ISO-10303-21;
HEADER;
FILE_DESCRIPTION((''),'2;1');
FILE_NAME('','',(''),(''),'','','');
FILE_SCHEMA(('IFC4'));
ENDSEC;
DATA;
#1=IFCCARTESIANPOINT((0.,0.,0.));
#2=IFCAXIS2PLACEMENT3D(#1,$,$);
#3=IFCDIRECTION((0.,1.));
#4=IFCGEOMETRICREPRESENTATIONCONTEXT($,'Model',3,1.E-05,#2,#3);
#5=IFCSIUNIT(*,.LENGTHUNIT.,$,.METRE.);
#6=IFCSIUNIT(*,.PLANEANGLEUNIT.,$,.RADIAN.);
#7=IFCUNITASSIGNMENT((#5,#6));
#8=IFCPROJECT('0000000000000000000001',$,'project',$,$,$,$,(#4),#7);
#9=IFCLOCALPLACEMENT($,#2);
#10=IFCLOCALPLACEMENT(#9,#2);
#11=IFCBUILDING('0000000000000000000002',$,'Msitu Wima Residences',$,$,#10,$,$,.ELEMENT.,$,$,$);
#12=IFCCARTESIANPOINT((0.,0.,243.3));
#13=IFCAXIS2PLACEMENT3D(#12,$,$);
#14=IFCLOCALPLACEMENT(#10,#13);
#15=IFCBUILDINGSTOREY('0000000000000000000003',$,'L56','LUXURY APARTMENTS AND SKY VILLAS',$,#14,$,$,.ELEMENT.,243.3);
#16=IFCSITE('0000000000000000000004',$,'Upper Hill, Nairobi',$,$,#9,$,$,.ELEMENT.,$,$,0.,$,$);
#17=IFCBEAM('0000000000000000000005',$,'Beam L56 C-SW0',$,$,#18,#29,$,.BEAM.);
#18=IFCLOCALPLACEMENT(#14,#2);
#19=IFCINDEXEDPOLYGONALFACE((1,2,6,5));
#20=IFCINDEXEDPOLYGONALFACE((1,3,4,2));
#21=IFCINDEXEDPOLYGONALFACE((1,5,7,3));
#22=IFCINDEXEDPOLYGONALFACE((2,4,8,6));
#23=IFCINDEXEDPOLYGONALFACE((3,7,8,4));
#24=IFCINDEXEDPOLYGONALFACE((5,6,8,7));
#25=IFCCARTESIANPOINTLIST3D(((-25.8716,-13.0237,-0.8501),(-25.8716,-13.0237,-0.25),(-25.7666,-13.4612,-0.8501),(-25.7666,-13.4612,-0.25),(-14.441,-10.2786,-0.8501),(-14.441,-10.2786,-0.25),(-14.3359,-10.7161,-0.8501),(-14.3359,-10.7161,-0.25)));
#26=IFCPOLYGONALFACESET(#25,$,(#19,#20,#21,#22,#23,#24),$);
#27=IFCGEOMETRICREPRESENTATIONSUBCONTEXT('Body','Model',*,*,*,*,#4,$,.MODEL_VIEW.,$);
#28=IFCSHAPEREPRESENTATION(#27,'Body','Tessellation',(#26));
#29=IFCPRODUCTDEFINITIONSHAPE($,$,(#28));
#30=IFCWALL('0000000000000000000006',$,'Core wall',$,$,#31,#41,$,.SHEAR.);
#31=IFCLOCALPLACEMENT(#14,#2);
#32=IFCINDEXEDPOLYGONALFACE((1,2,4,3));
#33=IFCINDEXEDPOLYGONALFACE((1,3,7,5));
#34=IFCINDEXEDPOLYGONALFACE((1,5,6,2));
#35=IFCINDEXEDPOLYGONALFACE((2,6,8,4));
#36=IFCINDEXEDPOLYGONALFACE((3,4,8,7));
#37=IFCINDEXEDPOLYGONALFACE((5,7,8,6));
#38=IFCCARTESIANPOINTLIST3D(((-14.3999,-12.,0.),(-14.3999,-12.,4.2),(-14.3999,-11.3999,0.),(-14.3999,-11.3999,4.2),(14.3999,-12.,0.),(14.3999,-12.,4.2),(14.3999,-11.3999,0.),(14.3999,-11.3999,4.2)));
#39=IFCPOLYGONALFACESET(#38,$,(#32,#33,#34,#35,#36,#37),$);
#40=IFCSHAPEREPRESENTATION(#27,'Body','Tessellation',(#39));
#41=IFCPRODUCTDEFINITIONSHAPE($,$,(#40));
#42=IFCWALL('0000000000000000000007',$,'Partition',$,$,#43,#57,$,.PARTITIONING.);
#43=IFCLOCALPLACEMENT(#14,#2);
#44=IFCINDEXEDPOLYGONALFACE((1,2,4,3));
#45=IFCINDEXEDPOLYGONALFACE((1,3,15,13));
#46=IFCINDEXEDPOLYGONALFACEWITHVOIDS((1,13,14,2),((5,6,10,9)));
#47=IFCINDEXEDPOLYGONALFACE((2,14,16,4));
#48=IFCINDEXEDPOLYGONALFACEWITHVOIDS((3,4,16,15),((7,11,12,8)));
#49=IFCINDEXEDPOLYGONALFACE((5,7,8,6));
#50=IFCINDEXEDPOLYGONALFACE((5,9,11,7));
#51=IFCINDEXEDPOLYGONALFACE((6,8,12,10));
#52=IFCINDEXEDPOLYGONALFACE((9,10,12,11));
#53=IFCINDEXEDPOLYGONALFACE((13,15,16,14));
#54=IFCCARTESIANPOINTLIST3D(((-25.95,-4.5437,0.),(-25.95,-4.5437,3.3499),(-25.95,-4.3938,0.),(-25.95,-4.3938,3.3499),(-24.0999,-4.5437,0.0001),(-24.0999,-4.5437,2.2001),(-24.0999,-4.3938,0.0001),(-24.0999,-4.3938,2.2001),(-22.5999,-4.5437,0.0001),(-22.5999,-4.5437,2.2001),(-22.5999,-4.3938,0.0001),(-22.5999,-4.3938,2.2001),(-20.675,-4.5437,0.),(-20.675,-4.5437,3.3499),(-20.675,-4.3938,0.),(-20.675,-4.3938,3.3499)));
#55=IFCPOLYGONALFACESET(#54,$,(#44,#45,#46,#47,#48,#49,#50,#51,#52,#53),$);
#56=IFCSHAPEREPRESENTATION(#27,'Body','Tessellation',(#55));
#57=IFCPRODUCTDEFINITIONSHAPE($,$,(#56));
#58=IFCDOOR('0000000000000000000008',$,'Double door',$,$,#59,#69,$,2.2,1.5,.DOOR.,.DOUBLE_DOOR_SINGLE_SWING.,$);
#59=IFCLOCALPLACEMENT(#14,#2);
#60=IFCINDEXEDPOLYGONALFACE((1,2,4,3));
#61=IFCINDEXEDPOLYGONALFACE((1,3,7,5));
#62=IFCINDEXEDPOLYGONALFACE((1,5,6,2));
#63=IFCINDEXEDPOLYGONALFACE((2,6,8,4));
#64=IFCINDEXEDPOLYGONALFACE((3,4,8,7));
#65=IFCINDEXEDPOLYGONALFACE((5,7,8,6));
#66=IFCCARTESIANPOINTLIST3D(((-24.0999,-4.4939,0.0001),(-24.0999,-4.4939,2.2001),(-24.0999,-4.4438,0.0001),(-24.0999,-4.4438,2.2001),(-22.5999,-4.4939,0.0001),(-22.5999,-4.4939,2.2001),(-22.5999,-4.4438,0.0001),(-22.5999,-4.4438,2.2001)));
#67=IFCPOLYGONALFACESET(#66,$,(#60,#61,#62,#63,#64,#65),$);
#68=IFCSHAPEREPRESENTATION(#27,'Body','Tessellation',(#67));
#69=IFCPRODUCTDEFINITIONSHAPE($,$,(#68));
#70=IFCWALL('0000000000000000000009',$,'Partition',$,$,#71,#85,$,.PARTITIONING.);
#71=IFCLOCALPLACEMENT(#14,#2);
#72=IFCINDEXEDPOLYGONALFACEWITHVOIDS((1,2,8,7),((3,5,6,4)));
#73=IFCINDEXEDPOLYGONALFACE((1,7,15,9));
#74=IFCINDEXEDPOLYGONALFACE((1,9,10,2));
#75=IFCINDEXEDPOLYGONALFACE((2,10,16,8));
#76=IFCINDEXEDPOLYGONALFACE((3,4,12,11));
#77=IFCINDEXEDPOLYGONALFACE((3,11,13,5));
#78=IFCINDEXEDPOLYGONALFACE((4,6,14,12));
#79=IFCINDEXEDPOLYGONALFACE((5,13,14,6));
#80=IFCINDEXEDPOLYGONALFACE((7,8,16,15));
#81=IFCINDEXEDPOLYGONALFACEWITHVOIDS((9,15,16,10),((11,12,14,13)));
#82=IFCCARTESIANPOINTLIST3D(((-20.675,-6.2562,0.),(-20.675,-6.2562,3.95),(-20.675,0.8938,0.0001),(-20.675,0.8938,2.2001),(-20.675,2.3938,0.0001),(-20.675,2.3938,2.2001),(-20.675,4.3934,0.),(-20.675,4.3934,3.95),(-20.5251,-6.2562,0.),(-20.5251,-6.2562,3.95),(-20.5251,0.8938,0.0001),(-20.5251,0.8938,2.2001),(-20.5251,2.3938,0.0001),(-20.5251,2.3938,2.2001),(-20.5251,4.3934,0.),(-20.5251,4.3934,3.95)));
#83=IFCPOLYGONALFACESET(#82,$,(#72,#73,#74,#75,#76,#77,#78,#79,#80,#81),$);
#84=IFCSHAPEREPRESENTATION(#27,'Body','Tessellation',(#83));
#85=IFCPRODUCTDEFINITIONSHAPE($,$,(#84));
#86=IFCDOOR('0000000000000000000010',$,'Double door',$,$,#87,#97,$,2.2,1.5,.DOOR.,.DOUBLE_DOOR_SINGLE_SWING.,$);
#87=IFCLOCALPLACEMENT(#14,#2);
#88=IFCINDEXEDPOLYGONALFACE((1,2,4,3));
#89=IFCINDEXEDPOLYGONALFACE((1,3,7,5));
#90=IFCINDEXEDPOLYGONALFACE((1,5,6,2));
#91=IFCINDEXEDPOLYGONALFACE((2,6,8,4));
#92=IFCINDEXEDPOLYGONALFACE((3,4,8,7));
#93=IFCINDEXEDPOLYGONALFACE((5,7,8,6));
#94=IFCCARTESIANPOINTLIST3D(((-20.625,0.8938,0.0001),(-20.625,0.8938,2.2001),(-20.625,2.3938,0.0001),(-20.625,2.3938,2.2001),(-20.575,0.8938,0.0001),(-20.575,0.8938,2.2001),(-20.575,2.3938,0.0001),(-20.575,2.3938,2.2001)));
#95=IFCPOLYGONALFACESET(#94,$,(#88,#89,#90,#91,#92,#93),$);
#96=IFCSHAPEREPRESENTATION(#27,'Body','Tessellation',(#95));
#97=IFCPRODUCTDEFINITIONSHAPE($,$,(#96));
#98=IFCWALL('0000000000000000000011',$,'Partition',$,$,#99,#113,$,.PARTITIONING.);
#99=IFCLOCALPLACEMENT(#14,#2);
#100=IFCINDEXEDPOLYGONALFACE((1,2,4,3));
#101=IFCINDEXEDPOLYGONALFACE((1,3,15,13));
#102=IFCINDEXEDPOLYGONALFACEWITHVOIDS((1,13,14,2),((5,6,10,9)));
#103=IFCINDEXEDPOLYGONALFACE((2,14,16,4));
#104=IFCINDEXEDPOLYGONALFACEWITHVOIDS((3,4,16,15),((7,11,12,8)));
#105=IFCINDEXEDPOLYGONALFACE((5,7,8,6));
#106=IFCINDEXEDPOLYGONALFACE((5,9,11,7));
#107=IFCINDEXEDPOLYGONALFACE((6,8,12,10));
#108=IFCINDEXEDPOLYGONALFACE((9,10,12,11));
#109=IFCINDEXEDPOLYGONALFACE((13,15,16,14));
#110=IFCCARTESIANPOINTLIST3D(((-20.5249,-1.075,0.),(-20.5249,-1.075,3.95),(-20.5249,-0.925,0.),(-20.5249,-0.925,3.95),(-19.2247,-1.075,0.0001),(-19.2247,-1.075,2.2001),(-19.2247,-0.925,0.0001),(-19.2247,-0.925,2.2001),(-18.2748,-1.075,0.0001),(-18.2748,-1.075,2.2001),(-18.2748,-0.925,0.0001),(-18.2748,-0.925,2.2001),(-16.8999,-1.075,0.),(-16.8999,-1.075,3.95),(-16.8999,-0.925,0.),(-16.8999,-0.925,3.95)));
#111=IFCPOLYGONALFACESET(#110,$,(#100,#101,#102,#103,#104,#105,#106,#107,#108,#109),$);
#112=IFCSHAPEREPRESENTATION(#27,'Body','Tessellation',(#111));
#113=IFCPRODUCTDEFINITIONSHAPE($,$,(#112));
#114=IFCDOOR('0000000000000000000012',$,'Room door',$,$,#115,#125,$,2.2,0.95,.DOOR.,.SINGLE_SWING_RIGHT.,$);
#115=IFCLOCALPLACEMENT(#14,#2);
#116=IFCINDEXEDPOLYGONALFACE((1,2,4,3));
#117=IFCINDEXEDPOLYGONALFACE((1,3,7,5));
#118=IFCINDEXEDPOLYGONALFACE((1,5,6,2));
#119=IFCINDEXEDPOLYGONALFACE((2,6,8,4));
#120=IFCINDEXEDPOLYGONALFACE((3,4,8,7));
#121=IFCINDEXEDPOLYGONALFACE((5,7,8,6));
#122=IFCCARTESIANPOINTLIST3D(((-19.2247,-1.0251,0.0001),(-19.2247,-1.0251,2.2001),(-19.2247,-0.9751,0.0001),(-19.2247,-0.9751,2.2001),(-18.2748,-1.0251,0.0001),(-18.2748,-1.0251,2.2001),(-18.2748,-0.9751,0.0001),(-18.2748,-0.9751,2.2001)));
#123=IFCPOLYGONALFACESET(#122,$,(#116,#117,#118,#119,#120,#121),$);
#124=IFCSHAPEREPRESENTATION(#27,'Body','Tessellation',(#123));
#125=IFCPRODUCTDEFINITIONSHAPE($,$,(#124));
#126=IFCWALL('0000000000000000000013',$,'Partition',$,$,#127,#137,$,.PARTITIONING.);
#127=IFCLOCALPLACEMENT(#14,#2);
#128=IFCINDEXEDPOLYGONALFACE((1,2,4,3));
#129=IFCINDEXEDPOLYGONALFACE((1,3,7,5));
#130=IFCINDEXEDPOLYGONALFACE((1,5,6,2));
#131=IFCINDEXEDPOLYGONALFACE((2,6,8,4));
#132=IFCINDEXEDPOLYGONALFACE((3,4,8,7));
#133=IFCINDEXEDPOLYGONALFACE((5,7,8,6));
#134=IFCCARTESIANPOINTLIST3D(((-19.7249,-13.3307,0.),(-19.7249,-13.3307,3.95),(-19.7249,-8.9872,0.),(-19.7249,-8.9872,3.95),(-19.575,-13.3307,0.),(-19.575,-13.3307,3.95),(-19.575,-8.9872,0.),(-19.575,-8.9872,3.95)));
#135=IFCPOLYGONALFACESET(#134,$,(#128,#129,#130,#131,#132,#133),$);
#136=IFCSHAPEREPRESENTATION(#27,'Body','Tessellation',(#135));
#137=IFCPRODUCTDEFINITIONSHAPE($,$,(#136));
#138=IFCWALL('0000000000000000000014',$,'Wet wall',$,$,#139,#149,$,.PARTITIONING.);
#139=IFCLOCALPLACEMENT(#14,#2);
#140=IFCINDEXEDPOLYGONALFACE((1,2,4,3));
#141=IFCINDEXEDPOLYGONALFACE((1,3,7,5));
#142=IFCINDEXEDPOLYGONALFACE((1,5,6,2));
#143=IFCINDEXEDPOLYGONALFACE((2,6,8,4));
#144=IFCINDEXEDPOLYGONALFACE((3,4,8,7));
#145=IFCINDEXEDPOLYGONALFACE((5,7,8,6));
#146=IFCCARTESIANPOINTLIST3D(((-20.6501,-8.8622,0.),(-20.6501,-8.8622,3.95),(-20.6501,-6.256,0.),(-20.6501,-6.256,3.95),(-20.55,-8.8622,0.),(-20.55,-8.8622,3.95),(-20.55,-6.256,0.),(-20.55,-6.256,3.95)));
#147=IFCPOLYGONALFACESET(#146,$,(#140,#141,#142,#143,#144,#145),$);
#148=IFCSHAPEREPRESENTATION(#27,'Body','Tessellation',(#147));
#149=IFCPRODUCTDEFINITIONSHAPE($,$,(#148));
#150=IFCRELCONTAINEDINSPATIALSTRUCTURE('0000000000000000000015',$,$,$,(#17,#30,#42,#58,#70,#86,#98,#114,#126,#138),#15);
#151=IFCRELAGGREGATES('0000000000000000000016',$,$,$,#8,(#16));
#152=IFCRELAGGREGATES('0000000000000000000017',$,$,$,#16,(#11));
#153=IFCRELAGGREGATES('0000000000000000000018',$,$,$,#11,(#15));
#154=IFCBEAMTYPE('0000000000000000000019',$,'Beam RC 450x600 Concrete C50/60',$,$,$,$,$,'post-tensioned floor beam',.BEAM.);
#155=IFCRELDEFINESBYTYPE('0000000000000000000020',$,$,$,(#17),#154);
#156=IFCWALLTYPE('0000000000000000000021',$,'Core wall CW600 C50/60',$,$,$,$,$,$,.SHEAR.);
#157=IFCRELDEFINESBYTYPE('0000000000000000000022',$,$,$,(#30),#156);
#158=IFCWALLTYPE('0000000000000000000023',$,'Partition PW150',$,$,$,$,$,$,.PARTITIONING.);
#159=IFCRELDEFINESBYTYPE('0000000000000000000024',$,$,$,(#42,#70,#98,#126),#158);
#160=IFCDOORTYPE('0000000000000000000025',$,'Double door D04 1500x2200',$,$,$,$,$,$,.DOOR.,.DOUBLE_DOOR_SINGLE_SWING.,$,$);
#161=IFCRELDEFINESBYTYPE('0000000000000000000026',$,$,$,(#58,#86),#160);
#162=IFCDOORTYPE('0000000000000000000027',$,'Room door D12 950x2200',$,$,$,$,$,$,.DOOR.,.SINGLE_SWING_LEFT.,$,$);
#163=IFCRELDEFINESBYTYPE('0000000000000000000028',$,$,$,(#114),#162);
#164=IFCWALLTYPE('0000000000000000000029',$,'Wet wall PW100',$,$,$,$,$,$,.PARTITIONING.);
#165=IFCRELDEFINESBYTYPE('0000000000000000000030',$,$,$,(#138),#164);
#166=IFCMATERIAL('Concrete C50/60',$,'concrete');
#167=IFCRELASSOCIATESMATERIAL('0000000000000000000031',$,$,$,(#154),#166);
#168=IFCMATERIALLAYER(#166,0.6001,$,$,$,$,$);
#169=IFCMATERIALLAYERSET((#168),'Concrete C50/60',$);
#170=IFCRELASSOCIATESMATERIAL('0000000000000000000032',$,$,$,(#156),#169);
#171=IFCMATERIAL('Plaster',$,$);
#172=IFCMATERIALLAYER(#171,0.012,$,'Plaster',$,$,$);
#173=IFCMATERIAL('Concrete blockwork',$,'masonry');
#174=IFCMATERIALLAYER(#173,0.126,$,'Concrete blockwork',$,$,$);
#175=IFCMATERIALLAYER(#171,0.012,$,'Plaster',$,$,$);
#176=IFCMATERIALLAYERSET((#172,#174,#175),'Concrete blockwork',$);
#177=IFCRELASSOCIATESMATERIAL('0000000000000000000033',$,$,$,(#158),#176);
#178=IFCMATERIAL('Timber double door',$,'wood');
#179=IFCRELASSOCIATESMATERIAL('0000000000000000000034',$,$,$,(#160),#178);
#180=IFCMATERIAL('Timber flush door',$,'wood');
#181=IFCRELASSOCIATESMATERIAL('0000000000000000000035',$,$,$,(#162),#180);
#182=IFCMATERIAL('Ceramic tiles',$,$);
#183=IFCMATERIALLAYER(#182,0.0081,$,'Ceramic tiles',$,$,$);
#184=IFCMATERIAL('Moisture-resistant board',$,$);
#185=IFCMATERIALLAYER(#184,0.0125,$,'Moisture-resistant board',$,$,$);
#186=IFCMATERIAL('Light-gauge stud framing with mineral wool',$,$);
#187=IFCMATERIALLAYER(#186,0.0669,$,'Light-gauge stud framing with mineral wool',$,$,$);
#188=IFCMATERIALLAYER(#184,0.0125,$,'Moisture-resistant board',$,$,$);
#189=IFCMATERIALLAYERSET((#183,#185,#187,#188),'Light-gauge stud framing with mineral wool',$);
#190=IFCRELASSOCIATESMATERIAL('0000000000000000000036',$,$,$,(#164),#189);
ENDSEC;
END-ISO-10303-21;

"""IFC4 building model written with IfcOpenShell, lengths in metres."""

from ifc_helpers import new_model, si_unit, direction, frame, frame_2d, origin, origin_2d, place, context, subcontext, project, spatial, rectangle, extrude, material, layer, layer_set, material_profile, profile_set, type_object, element, fill, save


model = new_model("IFC4")

# Units and contexts
model_context = context("Model", 3, precision=1e-05, world=origin(), true_north=direction((0.0, 1.0)))
body_context = subcontext(model_context, "Body", "Model", "MODEL_VIEW")
ifc_project = project(units=[si_unit("LENGTHUNIT", "METRE"), si_unit("PLANEANGLEUNIT", "RADIAN")], contexts=[model_context])

# Site, building, storey
site_placement = place(None, origin())
site = spatial("IfcSite", under=ifc_project, at=site_placement, Name="Upper Hill, Nairobi", CompositionType="ELEMENT", RefElevation=0.0)
building_placement = place(site_placement, origin())
building = spatial("IfcBuilding", under=site, at=building_placement, Name="Msitu Wima Residences", CompositionType="ELEMENT")
storey_placement = place(building_placement, frame((0.0, 0.0, 243.3)))
storey = spatial("IfcBuildingStorey", under=building, at=storey_placement, Name="L56", Description="LUXURY APARTMENTS AND SKY VILLAS", CompositionType="ELEMENT", Elevation=243.3)

# Beam
ifc_material_1 = material(Name="Concrete C50/60", Category="concrete")
ifc_material_profile = material_profile(ifc_material_1, rectangle(XDim=0.45, YDim=0.6001, at=origin_2d()), Name="RC 450x600")
ifc_profile_set = profile_set([ifc_material_profile], Name="Concrete C50/60")
beam_type = type_object("IfcBeamType", Name="Beam RC 450x600 Concrete C50/60", ElementType="post-tensioned floor beam", PredefinedType="BEAM", material=ifc_profile_set)
beam_placement = place(storey_placement, frame((-25.8191, -13.2424, -0.55), z_axis=(0.972353, 0.233514, 0.0), x_axis=(-0.233514, 0.972353, 0.0)))
element("IfcBeam", 1, at=beam_placement, inside=storey, type_object=beam_type, Name="Beam L56 C-SW0", PredefinedType="BEAM", context=body_context, shape_type="SweptSolid", body=[
    extrude(rectangle(XDim=0.45, YDim=0.6001, at=origin_2d()), origin(), (0.0, 0.0, 1.0), 11.7556),
])

# Wall
ifc_layer_1 = layer(ifc_material_1, 0.6001)
ifc_layer_set_1 = layer_set([ifc_layer_1], Name="Concrete C50/60")
wall_type_1 = type_object("IfcWallType", Name="Core wall CW600 C50/60", PredefinedType="SHEAR", material=ifc_layer_set_1)
wall_1_placement = place(storey_placement, frame((-14.3999, -11.7, 0.0), z_axis=(0.0, 0.0, 1.0), x_axis=(1.0, 0.0, 0.0)))
element("IfcWall", 2, at=wall_1_placement, inside=storey, type_object=wall_type_1, Name="Core wall", PredefinedType="SHEAR", context=body_context, shape_type="SweptSolid", body=[
    extrude(rectangle(XDim=28.7998, YDim=0.6001, at=frame_2d((14.3999, 0.0))), origin(), (0.0, 0.0, 1.0), 4.2),
])

# Walls, openings, doors
ifc_material_2 = material(Name="Plaster")
ifc_layer_2 = layer(ifc_material_2, 0.012, Name="Plaster")
ifc_material_3 = material(Name="Concrete blockwork", Category="masonry")
ifc_layer_3 = layer(ifc_material_3, 0.126, Name="Concrete blockwork")
ifc_layer_4 = layer(ifc_material_2, 0.012, Name="Plaster")
ifc_layer_set_2 = layer_set([ifc_layer_2, ifc_layer_3, ifc_layer_4], Name="Concrete blockwork")
wall_type_2 = type_object("IfcWallType", Name="Partition PW150", PredefinedType="PARTITIONING", material=ifc_layer_set_2)
wall_2_placement = place(storey_placement, frame((-25.95, -4.4688, 0.0), z_axis=(0.0, 0.0, 1.0), x_axis=(1.0, 0.0, 0.0)))
wall_2 = element("IfcWall", 3, at=wall_2_placement, inside=storey, type_object=wall_type_2, Name="Partition", PredefinedType="PARTITIONING", context=body_context, shape_type="SweptSolid", body=[
    extrude(rectangle(XDim=5.2749, YDim=0.1499, at=frame_2d((2.6375, 0.0))), origin(), (0.0, 0.0, 1.0), 3.3499),
])
opening_1_placement = place(wall_2_placement, frame((1.8501, 0.0, 0.0)))
opening_1 = element("IfcOpeningElement", 4, at=opening_1_placement, cuts=wall_2, PredefinedType="OPENING", context=body_context, shape_type="SweptSolid", body=[
    extrude(rectangle(XDim=1.5, YDim=2.2, at=frame_2d((0.75, 1.1001))), frame((0.0, 0.085, 0.0), z_axis=(0.0, -1.0, 0.0), x_axis=(1.0, 0.0, 0.0)), (0.0, 0.0, 1.0), 0.1699),
])
ifc_material_4 = material(Name="Timber double door", Category="wood")
door_type_1 = type_object("IfcDoorType", Name="Double door D04 1500x2200", OperationType="DOUBLE_DOOR_SINGLE_SWING", PredefinedType="DOOR", material=ifc_material_4)
door_1_placement = place(opening_1_placement, origin())
door_1 = element("IfcDoor", 5, at=door_1_placement, inside=storey, type_object=door_type_1, Name="Double door", OperationType="DOUBLE_DOOR_SINGLE_SWING", OverallHeight=2.2, OverallWidth=1.5, PredefinedType="DOOR", context=body_context, shape_type="SweptSolid", body=[
    extrude(rectangle(XDim=1.5, YDim=2.2, at=frame_2d((0.75, 1.1001))), frame((0.0, 0.0249, 0.0), z_axis=(0.0, -1.0, 0.0), x_axis=(1.0, 0.0, 0.0)), (0.0, 0.0, 1.0), 0.05),
])
fill(opening_1, door_1)
wall_3_placement = place(storey_placement, frame((-20.6001, -6.2561, 0.0), z_axis=(0.0, 0.0, 1.0), x_axis=(0.0, 1.0, 0.0)))
wall_3 = element("IfcWall", 6, at=wall_3_placement, inside=storey, type_object=wall_type_2, Name="Partition", PredefinedType="PARTITIONING", context=body_context, shape_type="SweptSolid", body=[
    extrude(rectangle(XDim=10.6497, YDim=0.1499, at=frame_2d((5.3247, 0.0))), origin(), (0.0, 0.0, 1.0), 3.95),
])
opening_2_placement = place(wall_3_placement, frame((7.1499, 0.0, 0.0)))
opening_2 = element("IfcOpeningElement", 7, at=opening_2_placement, cuts=wall_3, PredefinedType="OPENING", context=body_context, shape_type="SweptSolid", body=[
    extrude(rectangle(XDim=1.5, YDim=2.2, at=frame_2d((0.75, 1.1001))), frame((0.0, 0.085, 0.0), z_axis=(0.0, -1.0, 0.0), x_axis=(1.0, 0.0, 0.0)), (0.0, 0.0, 1.0), 0.1699),
])
door_2_placement = place(opening_2_placement, origin())
door_2 = element("IfcDoor", 8, at=door_2_placement, inside=storey, type_object=door_type_1, Name="Double door", OperationType="DOUBLE_DOOR_SINGLE_SWING", OverallHeight=2.2, OverallWidth=1.5, PredefinedType="DOOR", context=body_context, shape_type="SweptSolid", body=[
    extrude(rectangle(XDim=1.5, YDim=2.2, at=frame_2d((0.75, 1.1001))), frame((0.0, 0.0249, 0.0), z_axis=(0.0, -1.0, 0.0), x_axis=(1.0, 0.0, 0.0)), (0.0, 0.0, 1.0), 0.05),
])
fill(opening_2, door_2)
wall_4_placement = place(storey_placement, frame((-20.5249, -1.0, 0.0), z_axis=(0.0, 0.0, 1.0), x_axis=(1.0, 0.0, 0.0)))
wall_4 = element("IfcWall", 9, at=wall_4_placement, inside=storey, type_object=wall_type_2, Name="Partition", PredefinedType="PARTITIONING", context=body_context, shape_type="SweptSolid", body=[
    extrude(rectangle(XDim=3.625, YDim=0.1499, at=frame_2d((1.8125, 0.0))), origin(), (0.0, 0.0, 1.0), 3.95),
])
opening_3_placement = place(wall_4_placement, frame((1.3, 0.0, 0.0)))
opening_3 = element("IfcOpeningElement", 10, at=opening_3_placement, cuts=wall_4, PredefinedType="OPENING", context=body_context, shape_type="SweptSolid", body=[
    extrude(rectangle(XDim=0.95, YDim=2.2, at=frame_2d((0.4751, 1.1001))), frame((0.0, 0.085, 0.0), z_axis=(0.0, -1.0, 0.0), x_axis=(1.0, 0.0, 0.0)), (0.0, 0.0, 1.0), 0.1699),
])
ifc_material_5 = material(Name="Timber flush door", Category="wood")
door_type_2 = type_object("IfcDoorType", Name="Room door D12 950x2200", OperationType="SINGLE_SWING_LEFT", PredefinedType="DOOR", material=ifc_material_5)
door_3_placement = place(opening_3_placement, origin())
door_3 = element("IfcDoor", 11, at=door_3_placement, inside=storey, type_object=door_type_2, Name="Room door", OperationType="SINGLE_SWING_RIGHT", OverallHeight=2.2, OverallWidth=0.95, PredefinedType="DOOR", context=body_context, shape_type="SweptSolid", body=[
    extrude(rectangle(XDim=0.95, YDim=2.2, at=frame_2d((0.4751, 1.1001))), frame((0.0, 0.0249, 0.0), z_axis=(0.0, -1.0, 0.0), x_axis=(1.0, 0.0, 0.0)), (0.0, 0.0, 1.0), 0.05),
])
fill(opening_3, door_3)

# Walls
wall_5_placement = place(storey_placement, frame((-19.6499, -13.3308, 0.0), z_axis=(0.0, 0.0, 1.0), x_axis=(0.0, 1.0, 0.0)))
element("IfcWall", 12, at=wall_5_placement, inside=storey, type_object=wall_type_2, Name="Partition", PredefinedType="PARTITIONING", context=body_context, shape_type="SweptSolid", body=[
    extrude(rectangle(XDim=4.3435, YDim=0.1499, at=frame_2d((2.1719, 0.0))), origin(), (0.0, 0.0, 1.0), 3.95),
])
ifc_material_6 = material(Name="Ceramic tiles")
ifc_layer_5 = layer(ifc_material_6, 0.0081, Name="Ceramic tiles")
ifc_material_7 = material(Name="Moisture-resistant board")
ifc_layer_6 = layer(ifc_material_7, 0.0125, Name="Moisture-resistant board")
ifc_material_8 = material(Name="Light-gauge stud framing with mineral wool")
ifc_layer_7 = layer(ifc_material_8, 0.0669, Name="Light-gauge stud framing with mineral wool")
ifc_layer_8 = layer(ifc_material_7, 0.0125, Name="Moisture-resistant board")
ifc_layer_set_3 = layer_set([ifc_layer_5, ifc_layer_6, ifc_layer_7, ifc_layer_8], Name="Light-gauge stud framing with mineral wool")
wall_type_3 = type_object("IfcWallType", Name="Wet wall PW100", PredefinedType="PARTITIONING", material=ifc_layer_set_3)
wall_6_placement = place(storey_placement, frame((-20.6001, -8.8623, 0.0), z_axis=(0.0, 0.0, 1.0), x_axis=(0.0, 1.0, 0.0)))
element("IfcWall", 13, at=wall_6_placement, inside=storey, type_object=wall_type_3, Name="Wet wall", PredefinedType="PARTITIONING", context=body_context, shape_type="SweptSolid", body=[
    extrude(rectangle(XDim=2.6062, YDim=0.1001, at=frame_2d((1.3032, 0.0))), origin(), (0.0, 0.0, 1.0), 3.95),
])

save(model, "model.ifc")
